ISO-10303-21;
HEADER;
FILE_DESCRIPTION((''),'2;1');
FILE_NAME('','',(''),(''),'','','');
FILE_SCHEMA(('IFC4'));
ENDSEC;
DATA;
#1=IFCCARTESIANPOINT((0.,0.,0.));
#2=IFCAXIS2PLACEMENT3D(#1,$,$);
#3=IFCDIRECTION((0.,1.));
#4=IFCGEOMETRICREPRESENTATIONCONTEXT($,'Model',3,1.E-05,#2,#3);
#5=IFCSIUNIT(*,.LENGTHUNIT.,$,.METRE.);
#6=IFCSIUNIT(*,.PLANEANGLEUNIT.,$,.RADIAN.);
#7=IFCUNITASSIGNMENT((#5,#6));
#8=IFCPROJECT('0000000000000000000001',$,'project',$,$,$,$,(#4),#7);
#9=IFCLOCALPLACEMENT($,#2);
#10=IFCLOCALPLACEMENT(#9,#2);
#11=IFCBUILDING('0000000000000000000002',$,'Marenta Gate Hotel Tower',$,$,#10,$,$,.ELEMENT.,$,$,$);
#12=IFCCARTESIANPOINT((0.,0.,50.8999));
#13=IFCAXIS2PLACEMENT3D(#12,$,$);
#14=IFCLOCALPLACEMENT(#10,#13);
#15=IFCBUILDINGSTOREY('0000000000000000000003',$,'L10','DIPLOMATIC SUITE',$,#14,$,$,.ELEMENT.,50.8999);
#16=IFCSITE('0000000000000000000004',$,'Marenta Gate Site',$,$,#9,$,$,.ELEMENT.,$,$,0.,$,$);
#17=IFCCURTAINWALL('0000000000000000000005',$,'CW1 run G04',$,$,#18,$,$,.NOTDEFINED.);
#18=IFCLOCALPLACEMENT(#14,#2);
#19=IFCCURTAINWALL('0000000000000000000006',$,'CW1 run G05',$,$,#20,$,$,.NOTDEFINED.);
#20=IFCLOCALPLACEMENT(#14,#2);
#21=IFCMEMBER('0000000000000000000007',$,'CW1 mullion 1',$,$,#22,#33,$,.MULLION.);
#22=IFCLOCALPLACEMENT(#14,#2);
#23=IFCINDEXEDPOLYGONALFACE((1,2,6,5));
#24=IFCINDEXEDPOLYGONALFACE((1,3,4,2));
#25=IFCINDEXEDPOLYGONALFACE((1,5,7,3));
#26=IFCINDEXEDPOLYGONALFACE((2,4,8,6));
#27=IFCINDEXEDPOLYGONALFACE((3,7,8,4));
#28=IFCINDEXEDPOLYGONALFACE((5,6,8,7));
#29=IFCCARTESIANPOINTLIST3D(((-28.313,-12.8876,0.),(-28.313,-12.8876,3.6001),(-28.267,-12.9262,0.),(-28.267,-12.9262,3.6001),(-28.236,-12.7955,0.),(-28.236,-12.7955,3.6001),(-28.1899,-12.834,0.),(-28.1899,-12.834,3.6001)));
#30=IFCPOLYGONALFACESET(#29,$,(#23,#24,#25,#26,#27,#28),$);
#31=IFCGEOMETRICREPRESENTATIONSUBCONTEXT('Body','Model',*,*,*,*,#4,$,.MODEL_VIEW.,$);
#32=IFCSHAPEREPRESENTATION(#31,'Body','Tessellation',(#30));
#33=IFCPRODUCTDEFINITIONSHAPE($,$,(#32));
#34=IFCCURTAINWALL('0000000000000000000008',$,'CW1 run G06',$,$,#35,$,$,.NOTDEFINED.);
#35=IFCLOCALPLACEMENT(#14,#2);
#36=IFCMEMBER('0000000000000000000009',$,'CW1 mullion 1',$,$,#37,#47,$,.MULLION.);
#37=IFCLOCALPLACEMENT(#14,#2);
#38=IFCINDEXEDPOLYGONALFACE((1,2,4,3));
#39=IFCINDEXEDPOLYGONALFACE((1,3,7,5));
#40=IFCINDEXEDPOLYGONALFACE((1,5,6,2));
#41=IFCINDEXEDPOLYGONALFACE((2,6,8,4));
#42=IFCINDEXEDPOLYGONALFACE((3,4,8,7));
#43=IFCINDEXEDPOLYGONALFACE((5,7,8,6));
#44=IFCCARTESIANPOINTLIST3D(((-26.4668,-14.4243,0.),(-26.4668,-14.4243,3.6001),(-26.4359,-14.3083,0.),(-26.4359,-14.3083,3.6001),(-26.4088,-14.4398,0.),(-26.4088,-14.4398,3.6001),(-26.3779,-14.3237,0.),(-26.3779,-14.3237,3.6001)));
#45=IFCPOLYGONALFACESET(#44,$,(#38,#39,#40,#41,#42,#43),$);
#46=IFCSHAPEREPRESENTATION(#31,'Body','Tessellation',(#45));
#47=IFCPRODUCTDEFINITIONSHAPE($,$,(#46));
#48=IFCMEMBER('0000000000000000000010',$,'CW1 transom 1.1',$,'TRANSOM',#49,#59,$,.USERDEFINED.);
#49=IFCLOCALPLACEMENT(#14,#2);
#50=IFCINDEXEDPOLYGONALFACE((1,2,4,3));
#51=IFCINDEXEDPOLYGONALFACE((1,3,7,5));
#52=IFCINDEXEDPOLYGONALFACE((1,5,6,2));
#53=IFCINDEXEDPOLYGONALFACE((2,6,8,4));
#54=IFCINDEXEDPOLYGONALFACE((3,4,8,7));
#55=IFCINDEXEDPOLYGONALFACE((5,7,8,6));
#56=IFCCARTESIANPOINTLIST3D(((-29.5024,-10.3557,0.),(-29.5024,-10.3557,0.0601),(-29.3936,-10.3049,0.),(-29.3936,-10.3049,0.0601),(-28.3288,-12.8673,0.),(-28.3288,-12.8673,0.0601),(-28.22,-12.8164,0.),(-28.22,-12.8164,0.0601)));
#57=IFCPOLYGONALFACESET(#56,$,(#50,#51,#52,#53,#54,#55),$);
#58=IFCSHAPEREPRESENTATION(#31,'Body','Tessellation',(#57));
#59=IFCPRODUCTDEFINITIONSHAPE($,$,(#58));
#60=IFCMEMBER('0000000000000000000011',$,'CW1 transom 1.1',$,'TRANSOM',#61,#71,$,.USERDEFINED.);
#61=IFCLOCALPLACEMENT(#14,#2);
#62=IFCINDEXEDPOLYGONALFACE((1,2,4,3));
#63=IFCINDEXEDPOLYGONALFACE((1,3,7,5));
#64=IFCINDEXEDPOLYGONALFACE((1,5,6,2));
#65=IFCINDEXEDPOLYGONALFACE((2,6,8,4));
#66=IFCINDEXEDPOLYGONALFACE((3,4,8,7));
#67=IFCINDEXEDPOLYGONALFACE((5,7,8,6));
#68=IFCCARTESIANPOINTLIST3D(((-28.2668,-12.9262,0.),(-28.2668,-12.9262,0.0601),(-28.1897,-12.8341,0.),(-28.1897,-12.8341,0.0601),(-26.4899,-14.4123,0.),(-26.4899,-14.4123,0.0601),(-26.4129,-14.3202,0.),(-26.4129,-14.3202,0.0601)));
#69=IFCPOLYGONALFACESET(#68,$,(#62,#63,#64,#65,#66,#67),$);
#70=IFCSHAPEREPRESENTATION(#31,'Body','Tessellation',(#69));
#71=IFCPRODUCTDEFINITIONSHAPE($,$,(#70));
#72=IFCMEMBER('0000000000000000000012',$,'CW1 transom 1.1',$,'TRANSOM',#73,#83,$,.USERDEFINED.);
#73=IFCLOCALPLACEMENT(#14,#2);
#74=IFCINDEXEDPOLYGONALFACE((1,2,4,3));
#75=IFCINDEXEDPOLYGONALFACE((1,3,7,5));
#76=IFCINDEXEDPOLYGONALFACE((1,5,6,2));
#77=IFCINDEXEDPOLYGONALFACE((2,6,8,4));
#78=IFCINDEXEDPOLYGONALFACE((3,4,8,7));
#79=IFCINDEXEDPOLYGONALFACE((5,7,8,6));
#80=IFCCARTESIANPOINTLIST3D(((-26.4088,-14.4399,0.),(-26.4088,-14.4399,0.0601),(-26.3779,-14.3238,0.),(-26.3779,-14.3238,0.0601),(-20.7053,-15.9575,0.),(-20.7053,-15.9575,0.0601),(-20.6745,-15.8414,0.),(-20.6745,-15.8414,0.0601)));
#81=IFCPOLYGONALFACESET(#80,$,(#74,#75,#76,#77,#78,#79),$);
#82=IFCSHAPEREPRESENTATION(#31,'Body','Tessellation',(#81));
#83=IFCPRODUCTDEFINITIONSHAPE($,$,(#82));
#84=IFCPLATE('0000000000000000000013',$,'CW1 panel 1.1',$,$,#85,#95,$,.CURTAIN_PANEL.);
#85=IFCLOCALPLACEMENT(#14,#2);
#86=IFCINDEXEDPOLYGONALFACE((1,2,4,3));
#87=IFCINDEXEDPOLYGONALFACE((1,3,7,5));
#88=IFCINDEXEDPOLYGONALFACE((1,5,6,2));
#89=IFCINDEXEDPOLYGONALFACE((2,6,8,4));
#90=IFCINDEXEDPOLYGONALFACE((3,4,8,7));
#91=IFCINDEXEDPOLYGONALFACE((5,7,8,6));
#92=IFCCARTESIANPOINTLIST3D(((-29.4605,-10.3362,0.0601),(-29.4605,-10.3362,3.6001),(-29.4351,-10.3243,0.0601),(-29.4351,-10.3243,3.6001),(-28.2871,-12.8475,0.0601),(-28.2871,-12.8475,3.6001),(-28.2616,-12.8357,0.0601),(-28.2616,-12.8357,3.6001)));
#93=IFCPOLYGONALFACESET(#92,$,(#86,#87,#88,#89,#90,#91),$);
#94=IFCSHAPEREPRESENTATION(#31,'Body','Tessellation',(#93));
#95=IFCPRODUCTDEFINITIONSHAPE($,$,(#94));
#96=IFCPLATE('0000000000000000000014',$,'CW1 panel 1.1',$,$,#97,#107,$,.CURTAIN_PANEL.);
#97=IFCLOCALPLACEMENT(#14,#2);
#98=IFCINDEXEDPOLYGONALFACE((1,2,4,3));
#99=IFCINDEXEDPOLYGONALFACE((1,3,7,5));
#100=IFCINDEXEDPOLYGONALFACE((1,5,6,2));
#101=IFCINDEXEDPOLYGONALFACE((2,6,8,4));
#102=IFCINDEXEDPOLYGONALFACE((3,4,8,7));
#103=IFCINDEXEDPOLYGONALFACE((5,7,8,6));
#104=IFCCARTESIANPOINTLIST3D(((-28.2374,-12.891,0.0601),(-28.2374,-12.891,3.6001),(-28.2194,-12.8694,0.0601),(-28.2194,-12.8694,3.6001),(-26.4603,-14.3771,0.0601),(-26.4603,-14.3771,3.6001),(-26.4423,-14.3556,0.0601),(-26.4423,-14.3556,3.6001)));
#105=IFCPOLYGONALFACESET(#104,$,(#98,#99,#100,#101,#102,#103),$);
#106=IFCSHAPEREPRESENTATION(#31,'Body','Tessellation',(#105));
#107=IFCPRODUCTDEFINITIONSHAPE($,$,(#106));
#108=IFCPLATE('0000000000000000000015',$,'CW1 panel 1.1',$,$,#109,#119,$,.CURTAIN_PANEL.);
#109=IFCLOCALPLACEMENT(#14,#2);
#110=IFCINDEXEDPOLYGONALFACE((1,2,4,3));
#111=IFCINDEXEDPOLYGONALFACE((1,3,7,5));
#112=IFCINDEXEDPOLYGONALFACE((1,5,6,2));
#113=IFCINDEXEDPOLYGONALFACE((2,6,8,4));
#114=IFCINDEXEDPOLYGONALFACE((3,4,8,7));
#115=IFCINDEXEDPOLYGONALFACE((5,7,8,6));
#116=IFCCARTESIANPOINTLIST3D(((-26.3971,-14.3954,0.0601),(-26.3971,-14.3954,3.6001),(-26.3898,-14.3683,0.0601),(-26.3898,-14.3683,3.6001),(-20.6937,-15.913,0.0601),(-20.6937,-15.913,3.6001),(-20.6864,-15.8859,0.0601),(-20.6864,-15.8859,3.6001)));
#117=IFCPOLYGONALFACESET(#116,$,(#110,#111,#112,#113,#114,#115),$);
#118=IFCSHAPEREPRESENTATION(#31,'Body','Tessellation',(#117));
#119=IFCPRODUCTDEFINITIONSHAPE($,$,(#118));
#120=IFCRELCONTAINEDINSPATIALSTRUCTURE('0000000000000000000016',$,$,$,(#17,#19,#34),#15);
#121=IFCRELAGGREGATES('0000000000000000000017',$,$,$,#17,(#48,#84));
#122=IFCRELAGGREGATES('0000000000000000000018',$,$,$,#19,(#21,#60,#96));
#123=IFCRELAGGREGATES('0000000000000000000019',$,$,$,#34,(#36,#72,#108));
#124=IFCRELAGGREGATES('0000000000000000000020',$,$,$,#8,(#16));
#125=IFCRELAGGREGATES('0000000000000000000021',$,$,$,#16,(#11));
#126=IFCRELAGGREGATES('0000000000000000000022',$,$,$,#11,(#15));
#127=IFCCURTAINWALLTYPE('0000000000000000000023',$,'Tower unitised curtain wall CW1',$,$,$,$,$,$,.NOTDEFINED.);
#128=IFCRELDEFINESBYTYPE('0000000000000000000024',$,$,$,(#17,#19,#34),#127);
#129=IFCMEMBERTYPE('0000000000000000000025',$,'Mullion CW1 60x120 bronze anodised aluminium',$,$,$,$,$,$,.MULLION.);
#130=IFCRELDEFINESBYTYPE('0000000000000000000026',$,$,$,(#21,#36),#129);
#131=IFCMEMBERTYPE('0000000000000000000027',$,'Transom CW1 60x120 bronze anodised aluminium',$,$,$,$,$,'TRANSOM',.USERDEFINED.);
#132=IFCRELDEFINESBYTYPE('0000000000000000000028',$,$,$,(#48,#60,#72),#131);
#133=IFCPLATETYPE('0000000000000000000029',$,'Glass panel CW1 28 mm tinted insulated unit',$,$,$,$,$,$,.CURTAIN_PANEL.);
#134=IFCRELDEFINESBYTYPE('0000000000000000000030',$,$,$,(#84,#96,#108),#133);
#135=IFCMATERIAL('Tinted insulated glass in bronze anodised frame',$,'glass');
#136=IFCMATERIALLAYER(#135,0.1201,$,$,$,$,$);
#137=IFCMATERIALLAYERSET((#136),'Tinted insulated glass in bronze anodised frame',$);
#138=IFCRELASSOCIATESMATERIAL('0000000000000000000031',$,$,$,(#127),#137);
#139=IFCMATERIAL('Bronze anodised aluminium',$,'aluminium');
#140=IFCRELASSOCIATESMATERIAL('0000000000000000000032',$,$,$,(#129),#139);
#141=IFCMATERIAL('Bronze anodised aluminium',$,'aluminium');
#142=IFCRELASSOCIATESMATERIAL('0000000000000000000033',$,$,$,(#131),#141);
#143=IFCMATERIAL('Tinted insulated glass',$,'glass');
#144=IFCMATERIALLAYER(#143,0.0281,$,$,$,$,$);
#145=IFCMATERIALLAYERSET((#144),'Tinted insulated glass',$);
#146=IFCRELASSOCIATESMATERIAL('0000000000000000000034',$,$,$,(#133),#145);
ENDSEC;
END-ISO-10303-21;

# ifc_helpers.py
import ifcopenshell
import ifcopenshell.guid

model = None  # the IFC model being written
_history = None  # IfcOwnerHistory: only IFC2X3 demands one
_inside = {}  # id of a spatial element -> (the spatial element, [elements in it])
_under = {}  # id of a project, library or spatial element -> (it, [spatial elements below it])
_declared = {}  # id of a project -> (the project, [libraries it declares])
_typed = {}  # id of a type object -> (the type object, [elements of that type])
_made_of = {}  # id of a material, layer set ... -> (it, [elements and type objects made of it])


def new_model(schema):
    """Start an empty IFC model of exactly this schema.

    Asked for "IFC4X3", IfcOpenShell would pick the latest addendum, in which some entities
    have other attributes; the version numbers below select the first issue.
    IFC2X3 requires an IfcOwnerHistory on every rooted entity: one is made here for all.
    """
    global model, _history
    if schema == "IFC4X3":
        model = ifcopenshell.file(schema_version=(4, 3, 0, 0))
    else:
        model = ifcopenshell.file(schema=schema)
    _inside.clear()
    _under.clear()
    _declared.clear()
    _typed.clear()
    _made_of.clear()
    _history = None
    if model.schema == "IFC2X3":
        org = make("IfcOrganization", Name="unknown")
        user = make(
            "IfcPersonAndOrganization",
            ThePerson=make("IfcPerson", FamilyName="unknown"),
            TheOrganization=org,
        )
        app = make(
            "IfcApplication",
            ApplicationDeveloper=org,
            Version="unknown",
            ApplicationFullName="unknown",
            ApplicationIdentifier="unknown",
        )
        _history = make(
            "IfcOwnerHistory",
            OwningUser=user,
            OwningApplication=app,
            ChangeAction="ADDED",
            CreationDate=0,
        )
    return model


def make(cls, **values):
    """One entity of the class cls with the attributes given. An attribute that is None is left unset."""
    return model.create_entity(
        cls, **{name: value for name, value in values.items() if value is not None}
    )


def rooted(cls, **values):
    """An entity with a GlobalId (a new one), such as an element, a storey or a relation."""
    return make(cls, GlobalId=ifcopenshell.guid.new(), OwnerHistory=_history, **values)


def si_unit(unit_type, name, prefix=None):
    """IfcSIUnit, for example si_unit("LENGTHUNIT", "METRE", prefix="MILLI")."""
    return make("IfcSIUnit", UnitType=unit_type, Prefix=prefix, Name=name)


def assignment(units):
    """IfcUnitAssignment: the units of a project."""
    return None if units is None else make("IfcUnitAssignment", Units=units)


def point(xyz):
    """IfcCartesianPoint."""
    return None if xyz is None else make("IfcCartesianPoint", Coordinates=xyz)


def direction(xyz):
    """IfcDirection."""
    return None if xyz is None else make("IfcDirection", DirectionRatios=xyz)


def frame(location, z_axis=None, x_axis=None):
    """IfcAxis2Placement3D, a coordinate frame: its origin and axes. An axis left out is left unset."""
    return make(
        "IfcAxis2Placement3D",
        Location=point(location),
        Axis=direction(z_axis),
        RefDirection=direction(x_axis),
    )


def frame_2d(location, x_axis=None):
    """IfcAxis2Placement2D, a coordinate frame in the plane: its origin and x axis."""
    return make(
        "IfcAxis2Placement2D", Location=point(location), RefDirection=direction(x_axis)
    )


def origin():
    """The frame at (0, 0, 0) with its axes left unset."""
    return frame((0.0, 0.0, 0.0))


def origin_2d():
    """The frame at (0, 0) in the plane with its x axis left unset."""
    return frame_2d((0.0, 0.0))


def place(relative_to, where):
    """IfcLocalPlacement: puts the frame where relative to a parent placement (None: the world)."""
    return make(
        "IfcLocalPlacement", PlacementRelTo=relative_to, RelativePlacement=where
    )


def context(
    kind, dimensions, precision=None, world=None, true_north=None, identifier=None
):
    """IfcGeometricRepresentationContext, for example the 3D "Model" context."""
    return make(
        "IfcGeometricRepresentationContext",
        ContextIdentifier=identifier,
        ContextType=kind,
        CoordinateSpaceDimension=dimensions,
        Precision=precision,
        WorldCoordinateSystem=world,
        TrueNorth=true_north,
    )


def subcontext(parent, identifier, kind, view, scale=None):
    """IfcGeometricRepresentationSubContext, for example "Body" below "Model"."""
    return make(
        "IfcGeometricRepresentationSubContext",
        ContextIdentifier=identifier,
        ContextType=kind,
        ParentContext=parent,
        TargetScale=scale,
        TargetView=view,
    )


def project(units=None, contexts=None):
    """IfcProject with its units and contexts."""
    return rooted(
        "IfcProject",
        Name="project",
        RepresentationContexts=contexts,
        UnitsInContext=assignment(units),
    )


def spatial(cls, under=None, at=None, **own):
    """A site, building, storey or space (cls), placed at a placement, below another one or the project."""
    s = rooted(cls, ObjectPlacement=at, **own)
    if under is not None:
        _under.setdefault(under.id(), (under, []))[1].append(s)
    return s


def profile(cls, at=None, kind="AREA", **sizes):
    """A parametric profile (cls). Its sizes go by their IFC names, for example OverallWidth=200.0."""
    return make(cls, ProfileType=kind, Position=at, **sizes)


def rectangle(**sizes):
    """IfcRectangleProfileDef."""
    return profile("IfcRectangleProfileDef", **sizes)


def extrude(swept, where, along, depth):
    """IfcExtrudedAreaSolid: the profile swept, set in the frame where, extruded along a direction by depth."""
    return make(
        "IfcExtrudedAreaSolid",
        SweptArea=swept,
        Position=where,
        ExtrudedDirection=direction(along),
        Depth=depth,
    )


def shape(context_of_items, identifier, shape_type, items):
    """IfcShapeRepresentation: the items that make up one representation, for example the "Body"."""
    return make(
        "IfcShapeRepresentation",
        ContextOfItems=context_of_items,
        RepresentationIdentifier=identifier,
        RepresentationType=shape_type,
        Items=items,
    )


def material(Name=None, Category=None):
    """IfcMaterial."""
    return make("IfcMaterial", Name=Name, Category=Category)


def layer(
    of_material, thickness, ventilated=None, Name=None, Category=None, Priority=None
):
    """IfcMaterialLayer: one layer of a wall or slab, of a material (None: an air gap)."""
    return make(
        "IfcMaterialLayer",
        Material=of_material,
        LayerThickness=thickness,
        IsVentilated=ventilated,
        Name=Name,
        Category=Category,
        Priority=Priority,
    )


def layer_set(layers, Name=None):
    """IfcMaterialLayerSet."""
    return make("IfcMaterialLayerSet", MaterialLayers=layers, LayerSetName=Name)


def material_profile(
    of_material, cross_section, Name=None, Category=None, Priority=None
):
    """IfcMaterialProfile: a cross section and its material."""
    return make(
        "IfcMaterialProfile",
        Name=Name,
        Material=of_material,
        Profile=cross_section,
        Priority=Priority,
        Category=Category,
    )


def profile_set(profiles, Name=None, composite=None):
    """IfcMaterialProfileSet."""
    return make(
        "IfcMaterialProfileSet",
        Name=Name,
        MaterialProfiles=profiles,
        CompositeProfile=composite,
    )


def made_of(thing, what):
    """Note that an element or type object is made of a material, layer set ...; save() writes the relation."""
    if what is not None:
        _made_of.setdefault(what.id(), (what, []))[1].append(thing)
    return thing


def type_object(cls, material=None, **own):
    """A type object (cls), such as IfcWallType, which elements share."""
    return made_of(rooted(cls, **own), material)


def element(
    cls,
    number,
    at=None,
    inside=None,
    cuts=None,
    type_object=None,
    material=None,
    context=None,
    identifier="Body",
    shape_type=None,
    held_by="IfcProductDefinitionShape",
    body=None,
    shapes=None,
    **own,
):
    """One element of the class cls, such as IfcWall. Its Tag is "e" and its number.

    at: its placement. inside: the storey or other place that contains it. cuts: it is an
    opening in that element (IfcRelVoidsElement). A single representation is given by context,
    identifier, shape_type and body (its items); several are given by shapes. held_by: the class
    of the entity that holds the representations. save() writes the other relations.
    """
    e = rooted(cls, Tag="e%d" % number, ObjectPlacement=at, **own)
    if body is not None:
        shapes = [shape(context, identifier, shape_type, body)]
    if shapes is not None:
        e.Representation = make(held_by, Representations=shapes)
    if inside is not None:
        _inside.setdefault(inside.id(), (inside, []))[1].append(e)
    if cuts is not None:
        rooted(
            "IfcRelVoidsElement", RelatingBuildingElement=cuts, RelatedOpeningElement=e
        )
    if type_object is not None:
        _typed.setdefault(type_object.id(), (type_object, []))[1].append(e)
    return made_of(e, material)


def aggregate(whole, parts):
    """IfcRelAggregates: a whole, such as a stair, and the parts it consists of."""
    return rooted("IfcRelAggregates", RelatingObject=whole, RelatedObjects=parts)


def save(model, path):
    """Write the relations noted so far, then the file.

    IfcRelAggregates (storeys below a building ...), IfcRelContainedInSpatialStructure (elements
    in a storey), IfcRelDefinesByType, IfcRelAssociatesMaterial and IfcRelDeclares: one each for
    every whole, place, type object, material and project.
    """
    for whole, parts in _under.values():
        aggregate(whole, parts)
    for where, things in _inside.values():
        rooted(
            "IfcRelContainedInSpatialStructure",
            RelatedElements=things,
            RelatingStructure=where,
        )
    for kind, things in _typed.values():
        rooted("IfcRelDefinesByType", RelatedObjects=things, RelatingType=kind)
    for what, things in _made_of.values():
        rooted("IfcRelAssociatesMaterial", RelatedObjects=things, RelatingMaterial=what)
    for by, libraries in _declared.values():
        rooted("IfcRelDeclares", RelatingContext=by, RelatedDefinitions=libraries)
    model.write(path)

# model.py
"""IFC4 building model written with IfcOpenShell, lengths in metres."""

from ifc_helpers import new_model, si_unit, direction, frame, origin, origin_2d, place, context, subcontext, project, spatial, rectangle, extrude, material, layer, layer_set, material_profile, profile_set, type_object, element, aggregate, save


model = new_model("IFC4")

# Units and contexts
model_context = context("Model", 3, precision=1e-05, world=origin(), true_north=direction((0.0, 1.0)))
body_context = subcontext(model_context, "Body", "Model", "MODEL_VIEW")
ifc_project = project(units=[si_unit("LENGTHUNIT", "METRE"), si_unit("PLANEANGLEUNIT", "RADIAN")], contexts=[model_context])

# Site, building, storey
site_placement = place(None, origin())
site = spatial("IfcSite", under=ifc_project, at=site_placement, Name="Marenta Gate Site", CompositionType="ELEMENT", RefElevation=0.0)
building_placement = place(site_placement, origin())
building = spatial("IfcBuilding", under=site, at=building_placement, Name="Marenta Gate Hotel Tower", CompositionType="ELEMENT")
storey_placement = place(building_placement, frame((0.0, 0.0, 50.8999)))
storey = spatial("IfcBuildingStorey", under=building, at=storey_placement, Name="L10", Description="DIPLOMATIC SUITE", CompositionType="ELEMENT", Elevation=50.8999)

# Curtain walls, members
ifc_material_1 = material(Name="Tinted insulated glass in bronze anodised frame", Category="glass")
ifc_layer_1 = layer(ifc_material_1, 0.1201)
ifc_layer_set_1 = layer_set([ifc_layer_1], Name="Tinted insulated glass in bronze anodised frame")
curtain_wall_type = type_object("IfcCurtainWallType", Name="Tower unitised curtain wall CW1", PredefinedType="NOTDEFINED", material=ifc_layer_set_1)
curtain_wall_1_placement = place(storey_placement, origin())
curtain_wall_1 = element("IfcCurtainWall", 1, at=curtain_wall_1_placement, inside=storey, type_object=curtain_wall_type, Name="CW1 run G04", PredefinedType="NOTDEFINED")
ifc_material_2 = material(Name="Bronze anodised aluminium", Category="aluminium")
ifc_material_profile_1 = material_profile(ifc_material_2, rectangle(XDim=0.1201, YDim=0.0601, at=origin_2d()), Name="Mullion CW1 60x120 bronze anodised aluminium")
ifc_profile_set_1 = profile_set([ifc_material_profile_1], Name="Bronze anodised aluminium")
member_type_1 = type_object("IfcMemberType", Name="Mullion CW1 60x120 bronze anodised aluminium", PredefinedType="MULLION", material=ifc_profile_set_1)
curtain_wall_2_placement = place(storey_placement, origin())
curtain_wall_2 = element("IfcCurtainWall", 2, at=curtain_wall_2_placement, inside=storey, type_object=curtain_wall_type, Name="CW1 run G05", PredefinedType="NOTDEFINED")
member_1_placement = place(storey_placement, frame((-28.2515, -12.8608, 0.0), z_axis=(0.0, 0.0, 1.0), x_axis=(0.641512, 0.767113, 0.0)))
member_1 = element("IfcMember", 3, at=member_1_placement, type_object=member_type_1, Name="CW1 mullion 1", PredefinedType="MULLION", context=body_context, shape_type="SweptSolid", body=[
    extrude(rectangle(XDim=0.1201, YDim=0.0601, at=origin_2d()), origin(), (0.0, 0.0, 1.0), 3.6001),
])
curtain_wall_3_placement = place(storey_placement, origin())
curtain_wall_3 = element("IfcCurtainWall", 4, at=curtain_wall_3_placement, inside=storey, type_object=curtain_wall_type, Name="CW1 run G06", PredefinedType="NOTDEFINED")
member_2_placement = place(storey_placement, frame((-26.4224, -14.374, 0.0), z_axis=(0.0, 0.0, 1.0), x_axis=(0.257142, 0.966374, 0.0)))
member_2 = element("IfcMember", 5, at=member_2_placement, type_object=member_type_1, Name="CW1 mullion 1", PredefinedType="MULLION", context=body_context, shape_type="SweptSolid", body=[
    extrude(rectangle(XDim=0.1201, YDim=0.0601, at=origin_2d()), origin(), (0.0, 0.0, 1.0), 3.6001),
])

# Members
ifc_material_3 = material(Name="Bronze anodised aluminium", Category="aluminium")
ifc_material_profile_2 = material_profile(ifc_material_3, rectangle(XDim=0.1201, YDim=0.0601, at=origin_2d()), Name="Transom CW1 60x120 bronze anodised aluminium")
ifc_profile_set_2 = profile_set([ifc_material_profile_2], Name="Bronze anodised aluminium")
member_type_2 = type_object("IfcMemberType", Name="Transom CW1 60x120 bronze anodised aluminium", ElementType="TRANSOM", PredefinedType="USERDEFINED", material=ifc_profile_set_2)
member_3_placement = place(storey_placement, frame((-29.448, -10.3303, 0.03), z_axis=(0.423348, -0.905967, 0.0), x_axis=(0.905967, 0.423348, 0.0)))
member_3 = element("IfcMember", 6, at=member_3_placement, type_object=member_type_2, Name="CW1 transom 1.1", ObjectType="TRANSOM", PredefinedType="USERDEFINED", context=body_context, shape_type="SweptSolid", body=[
    extrude(rectangle(XDim=0.1201, YDim=0.0601, at=origin_2d()), origin(), (0.0, 0.0, 1.0), 2.7722),
])
member_4_placement = place(storey_placement, frame((-28.2283, -12.8801, 0.03), z_axis=(0.76708, -0.641552, 0.0), x_axis=(0.641552, 0.76708, 0.0)))
member_4 = element("IfcMember", 7, at=member_4_placement, type_object=member_type_2, Name="CW1 transom 1.1", ObjectType="TRANSOM", PredefinedType="USERDEFINED", context=body_context, shape_type="SweptSolid", body=[
    extrude(rectangle(XDim=0.1201, YDim=0.0601, at=origin_2d()), origin(), (0.0, 0.0, 1.0), 2.3164),
])
member_5_placement = place(storey_placement, frame((-26.3933, -14.3818, 0.03), z_axis=(0.966375, -0.257137, 0.0), x_axis=(0.257137, 0.966375, 0.0)))
member_5 = element("IfcMember", 8, at=member_5_placement, type_object=member_type_2, Name="CW1 transom 1.1", ObjectType="TRANSOM", PredefinedType="USERDEFINED", context=body_context, shape_type="SweptSolid", body=[
    extrude(rectangle(XDim=0.1201, YDim=0.0601, at=origin_2d()), origin(), (0.0, 0.0, 1.0), 5.9019),
])

# Plates
ifc_material_4 = material(Name="Tinted insulated glass", Category="glass")
ifc_layer_2 = layer(ifc_material_4, 0.0281)
ifc_layer_set_2 = layer_set([ifc_layer_2], Name="Tinted insulated glass")
plate_type = type_object("IfcPlateType", Name="Glass panel CW1 28 mm tinted insulated unit", PredefinedType="CURTAIN_PANEL", material=ifc_layer_set_2)
plate_1_placement = place(storey_placement, frame((-28.8611, -11.5859, 0.0601), z_axis=(0.0, 0.0, 1.0), x_axis=(0.423342, -0.90597, 0.0)))
plate_1 = element("IfcPlate", 9, at=plate_1_placement, type_object=plate_type, Name="CW1 panel 1.1", PredefinedType="CURTAIN_PANEL", context=body_context, shape_type="SweptSolid", body=[
    extrude(rectangle(XDim=2.772, YDim=0.0281, at=origin_2d()), origin(), (0.0, 0.0, 1.0), 3.54),
])
aggregate(curtain_wall_1, [member_3, plate_1])
plate_2_placement = place(storey_placement, frame((-27.3398, -13.6233, 0.0601), z_axis=(0.0, 0.0, 1.0), x_axis=(0.767113, -0.641512, 0.0)))
plate_2 = element("IfcPlate", 10, at=plate_2_placement, type_object=plate_type, Name="CW1 panel 1.1", PredefinedType="CURTAIN_PANEL", context=body_context, shape_type="SweptSolid", body=[
    extrude(rectangle(XDim=2.3167, YDim=0.0281, at=origin_2d()), origin(), (0.0, 0.0, 1.0), 3.54),
])
aggregate(curtain_wall_2, [member_1, member_4, plate_2])
plate_3_placement = place(storey_placement, frame((-23.5417, -15.1406, 0.0601), z_axis=(0.0, 0.0, 1.0), x_axis=(0.966374, -0.257142, 0.0)))
plate_3 = element("IfcPlate", 11, at=plate_3_placement, type_object=plate_type, Name="CW1 panel 1.1", PredefinedType="CURTAIN_PANEL", context=body_context, shape_type="SweptSolid", body=[
    extrude(rectangle(XDim=5.9019, YDim=0.0281, at=origin_2d()), origin(), (0.0, 0.0, 1.0), 3.54),
])
aggregate(curtain_wall_3, [member_2, member_5, plate_3])

save(model, "model.ifc")
